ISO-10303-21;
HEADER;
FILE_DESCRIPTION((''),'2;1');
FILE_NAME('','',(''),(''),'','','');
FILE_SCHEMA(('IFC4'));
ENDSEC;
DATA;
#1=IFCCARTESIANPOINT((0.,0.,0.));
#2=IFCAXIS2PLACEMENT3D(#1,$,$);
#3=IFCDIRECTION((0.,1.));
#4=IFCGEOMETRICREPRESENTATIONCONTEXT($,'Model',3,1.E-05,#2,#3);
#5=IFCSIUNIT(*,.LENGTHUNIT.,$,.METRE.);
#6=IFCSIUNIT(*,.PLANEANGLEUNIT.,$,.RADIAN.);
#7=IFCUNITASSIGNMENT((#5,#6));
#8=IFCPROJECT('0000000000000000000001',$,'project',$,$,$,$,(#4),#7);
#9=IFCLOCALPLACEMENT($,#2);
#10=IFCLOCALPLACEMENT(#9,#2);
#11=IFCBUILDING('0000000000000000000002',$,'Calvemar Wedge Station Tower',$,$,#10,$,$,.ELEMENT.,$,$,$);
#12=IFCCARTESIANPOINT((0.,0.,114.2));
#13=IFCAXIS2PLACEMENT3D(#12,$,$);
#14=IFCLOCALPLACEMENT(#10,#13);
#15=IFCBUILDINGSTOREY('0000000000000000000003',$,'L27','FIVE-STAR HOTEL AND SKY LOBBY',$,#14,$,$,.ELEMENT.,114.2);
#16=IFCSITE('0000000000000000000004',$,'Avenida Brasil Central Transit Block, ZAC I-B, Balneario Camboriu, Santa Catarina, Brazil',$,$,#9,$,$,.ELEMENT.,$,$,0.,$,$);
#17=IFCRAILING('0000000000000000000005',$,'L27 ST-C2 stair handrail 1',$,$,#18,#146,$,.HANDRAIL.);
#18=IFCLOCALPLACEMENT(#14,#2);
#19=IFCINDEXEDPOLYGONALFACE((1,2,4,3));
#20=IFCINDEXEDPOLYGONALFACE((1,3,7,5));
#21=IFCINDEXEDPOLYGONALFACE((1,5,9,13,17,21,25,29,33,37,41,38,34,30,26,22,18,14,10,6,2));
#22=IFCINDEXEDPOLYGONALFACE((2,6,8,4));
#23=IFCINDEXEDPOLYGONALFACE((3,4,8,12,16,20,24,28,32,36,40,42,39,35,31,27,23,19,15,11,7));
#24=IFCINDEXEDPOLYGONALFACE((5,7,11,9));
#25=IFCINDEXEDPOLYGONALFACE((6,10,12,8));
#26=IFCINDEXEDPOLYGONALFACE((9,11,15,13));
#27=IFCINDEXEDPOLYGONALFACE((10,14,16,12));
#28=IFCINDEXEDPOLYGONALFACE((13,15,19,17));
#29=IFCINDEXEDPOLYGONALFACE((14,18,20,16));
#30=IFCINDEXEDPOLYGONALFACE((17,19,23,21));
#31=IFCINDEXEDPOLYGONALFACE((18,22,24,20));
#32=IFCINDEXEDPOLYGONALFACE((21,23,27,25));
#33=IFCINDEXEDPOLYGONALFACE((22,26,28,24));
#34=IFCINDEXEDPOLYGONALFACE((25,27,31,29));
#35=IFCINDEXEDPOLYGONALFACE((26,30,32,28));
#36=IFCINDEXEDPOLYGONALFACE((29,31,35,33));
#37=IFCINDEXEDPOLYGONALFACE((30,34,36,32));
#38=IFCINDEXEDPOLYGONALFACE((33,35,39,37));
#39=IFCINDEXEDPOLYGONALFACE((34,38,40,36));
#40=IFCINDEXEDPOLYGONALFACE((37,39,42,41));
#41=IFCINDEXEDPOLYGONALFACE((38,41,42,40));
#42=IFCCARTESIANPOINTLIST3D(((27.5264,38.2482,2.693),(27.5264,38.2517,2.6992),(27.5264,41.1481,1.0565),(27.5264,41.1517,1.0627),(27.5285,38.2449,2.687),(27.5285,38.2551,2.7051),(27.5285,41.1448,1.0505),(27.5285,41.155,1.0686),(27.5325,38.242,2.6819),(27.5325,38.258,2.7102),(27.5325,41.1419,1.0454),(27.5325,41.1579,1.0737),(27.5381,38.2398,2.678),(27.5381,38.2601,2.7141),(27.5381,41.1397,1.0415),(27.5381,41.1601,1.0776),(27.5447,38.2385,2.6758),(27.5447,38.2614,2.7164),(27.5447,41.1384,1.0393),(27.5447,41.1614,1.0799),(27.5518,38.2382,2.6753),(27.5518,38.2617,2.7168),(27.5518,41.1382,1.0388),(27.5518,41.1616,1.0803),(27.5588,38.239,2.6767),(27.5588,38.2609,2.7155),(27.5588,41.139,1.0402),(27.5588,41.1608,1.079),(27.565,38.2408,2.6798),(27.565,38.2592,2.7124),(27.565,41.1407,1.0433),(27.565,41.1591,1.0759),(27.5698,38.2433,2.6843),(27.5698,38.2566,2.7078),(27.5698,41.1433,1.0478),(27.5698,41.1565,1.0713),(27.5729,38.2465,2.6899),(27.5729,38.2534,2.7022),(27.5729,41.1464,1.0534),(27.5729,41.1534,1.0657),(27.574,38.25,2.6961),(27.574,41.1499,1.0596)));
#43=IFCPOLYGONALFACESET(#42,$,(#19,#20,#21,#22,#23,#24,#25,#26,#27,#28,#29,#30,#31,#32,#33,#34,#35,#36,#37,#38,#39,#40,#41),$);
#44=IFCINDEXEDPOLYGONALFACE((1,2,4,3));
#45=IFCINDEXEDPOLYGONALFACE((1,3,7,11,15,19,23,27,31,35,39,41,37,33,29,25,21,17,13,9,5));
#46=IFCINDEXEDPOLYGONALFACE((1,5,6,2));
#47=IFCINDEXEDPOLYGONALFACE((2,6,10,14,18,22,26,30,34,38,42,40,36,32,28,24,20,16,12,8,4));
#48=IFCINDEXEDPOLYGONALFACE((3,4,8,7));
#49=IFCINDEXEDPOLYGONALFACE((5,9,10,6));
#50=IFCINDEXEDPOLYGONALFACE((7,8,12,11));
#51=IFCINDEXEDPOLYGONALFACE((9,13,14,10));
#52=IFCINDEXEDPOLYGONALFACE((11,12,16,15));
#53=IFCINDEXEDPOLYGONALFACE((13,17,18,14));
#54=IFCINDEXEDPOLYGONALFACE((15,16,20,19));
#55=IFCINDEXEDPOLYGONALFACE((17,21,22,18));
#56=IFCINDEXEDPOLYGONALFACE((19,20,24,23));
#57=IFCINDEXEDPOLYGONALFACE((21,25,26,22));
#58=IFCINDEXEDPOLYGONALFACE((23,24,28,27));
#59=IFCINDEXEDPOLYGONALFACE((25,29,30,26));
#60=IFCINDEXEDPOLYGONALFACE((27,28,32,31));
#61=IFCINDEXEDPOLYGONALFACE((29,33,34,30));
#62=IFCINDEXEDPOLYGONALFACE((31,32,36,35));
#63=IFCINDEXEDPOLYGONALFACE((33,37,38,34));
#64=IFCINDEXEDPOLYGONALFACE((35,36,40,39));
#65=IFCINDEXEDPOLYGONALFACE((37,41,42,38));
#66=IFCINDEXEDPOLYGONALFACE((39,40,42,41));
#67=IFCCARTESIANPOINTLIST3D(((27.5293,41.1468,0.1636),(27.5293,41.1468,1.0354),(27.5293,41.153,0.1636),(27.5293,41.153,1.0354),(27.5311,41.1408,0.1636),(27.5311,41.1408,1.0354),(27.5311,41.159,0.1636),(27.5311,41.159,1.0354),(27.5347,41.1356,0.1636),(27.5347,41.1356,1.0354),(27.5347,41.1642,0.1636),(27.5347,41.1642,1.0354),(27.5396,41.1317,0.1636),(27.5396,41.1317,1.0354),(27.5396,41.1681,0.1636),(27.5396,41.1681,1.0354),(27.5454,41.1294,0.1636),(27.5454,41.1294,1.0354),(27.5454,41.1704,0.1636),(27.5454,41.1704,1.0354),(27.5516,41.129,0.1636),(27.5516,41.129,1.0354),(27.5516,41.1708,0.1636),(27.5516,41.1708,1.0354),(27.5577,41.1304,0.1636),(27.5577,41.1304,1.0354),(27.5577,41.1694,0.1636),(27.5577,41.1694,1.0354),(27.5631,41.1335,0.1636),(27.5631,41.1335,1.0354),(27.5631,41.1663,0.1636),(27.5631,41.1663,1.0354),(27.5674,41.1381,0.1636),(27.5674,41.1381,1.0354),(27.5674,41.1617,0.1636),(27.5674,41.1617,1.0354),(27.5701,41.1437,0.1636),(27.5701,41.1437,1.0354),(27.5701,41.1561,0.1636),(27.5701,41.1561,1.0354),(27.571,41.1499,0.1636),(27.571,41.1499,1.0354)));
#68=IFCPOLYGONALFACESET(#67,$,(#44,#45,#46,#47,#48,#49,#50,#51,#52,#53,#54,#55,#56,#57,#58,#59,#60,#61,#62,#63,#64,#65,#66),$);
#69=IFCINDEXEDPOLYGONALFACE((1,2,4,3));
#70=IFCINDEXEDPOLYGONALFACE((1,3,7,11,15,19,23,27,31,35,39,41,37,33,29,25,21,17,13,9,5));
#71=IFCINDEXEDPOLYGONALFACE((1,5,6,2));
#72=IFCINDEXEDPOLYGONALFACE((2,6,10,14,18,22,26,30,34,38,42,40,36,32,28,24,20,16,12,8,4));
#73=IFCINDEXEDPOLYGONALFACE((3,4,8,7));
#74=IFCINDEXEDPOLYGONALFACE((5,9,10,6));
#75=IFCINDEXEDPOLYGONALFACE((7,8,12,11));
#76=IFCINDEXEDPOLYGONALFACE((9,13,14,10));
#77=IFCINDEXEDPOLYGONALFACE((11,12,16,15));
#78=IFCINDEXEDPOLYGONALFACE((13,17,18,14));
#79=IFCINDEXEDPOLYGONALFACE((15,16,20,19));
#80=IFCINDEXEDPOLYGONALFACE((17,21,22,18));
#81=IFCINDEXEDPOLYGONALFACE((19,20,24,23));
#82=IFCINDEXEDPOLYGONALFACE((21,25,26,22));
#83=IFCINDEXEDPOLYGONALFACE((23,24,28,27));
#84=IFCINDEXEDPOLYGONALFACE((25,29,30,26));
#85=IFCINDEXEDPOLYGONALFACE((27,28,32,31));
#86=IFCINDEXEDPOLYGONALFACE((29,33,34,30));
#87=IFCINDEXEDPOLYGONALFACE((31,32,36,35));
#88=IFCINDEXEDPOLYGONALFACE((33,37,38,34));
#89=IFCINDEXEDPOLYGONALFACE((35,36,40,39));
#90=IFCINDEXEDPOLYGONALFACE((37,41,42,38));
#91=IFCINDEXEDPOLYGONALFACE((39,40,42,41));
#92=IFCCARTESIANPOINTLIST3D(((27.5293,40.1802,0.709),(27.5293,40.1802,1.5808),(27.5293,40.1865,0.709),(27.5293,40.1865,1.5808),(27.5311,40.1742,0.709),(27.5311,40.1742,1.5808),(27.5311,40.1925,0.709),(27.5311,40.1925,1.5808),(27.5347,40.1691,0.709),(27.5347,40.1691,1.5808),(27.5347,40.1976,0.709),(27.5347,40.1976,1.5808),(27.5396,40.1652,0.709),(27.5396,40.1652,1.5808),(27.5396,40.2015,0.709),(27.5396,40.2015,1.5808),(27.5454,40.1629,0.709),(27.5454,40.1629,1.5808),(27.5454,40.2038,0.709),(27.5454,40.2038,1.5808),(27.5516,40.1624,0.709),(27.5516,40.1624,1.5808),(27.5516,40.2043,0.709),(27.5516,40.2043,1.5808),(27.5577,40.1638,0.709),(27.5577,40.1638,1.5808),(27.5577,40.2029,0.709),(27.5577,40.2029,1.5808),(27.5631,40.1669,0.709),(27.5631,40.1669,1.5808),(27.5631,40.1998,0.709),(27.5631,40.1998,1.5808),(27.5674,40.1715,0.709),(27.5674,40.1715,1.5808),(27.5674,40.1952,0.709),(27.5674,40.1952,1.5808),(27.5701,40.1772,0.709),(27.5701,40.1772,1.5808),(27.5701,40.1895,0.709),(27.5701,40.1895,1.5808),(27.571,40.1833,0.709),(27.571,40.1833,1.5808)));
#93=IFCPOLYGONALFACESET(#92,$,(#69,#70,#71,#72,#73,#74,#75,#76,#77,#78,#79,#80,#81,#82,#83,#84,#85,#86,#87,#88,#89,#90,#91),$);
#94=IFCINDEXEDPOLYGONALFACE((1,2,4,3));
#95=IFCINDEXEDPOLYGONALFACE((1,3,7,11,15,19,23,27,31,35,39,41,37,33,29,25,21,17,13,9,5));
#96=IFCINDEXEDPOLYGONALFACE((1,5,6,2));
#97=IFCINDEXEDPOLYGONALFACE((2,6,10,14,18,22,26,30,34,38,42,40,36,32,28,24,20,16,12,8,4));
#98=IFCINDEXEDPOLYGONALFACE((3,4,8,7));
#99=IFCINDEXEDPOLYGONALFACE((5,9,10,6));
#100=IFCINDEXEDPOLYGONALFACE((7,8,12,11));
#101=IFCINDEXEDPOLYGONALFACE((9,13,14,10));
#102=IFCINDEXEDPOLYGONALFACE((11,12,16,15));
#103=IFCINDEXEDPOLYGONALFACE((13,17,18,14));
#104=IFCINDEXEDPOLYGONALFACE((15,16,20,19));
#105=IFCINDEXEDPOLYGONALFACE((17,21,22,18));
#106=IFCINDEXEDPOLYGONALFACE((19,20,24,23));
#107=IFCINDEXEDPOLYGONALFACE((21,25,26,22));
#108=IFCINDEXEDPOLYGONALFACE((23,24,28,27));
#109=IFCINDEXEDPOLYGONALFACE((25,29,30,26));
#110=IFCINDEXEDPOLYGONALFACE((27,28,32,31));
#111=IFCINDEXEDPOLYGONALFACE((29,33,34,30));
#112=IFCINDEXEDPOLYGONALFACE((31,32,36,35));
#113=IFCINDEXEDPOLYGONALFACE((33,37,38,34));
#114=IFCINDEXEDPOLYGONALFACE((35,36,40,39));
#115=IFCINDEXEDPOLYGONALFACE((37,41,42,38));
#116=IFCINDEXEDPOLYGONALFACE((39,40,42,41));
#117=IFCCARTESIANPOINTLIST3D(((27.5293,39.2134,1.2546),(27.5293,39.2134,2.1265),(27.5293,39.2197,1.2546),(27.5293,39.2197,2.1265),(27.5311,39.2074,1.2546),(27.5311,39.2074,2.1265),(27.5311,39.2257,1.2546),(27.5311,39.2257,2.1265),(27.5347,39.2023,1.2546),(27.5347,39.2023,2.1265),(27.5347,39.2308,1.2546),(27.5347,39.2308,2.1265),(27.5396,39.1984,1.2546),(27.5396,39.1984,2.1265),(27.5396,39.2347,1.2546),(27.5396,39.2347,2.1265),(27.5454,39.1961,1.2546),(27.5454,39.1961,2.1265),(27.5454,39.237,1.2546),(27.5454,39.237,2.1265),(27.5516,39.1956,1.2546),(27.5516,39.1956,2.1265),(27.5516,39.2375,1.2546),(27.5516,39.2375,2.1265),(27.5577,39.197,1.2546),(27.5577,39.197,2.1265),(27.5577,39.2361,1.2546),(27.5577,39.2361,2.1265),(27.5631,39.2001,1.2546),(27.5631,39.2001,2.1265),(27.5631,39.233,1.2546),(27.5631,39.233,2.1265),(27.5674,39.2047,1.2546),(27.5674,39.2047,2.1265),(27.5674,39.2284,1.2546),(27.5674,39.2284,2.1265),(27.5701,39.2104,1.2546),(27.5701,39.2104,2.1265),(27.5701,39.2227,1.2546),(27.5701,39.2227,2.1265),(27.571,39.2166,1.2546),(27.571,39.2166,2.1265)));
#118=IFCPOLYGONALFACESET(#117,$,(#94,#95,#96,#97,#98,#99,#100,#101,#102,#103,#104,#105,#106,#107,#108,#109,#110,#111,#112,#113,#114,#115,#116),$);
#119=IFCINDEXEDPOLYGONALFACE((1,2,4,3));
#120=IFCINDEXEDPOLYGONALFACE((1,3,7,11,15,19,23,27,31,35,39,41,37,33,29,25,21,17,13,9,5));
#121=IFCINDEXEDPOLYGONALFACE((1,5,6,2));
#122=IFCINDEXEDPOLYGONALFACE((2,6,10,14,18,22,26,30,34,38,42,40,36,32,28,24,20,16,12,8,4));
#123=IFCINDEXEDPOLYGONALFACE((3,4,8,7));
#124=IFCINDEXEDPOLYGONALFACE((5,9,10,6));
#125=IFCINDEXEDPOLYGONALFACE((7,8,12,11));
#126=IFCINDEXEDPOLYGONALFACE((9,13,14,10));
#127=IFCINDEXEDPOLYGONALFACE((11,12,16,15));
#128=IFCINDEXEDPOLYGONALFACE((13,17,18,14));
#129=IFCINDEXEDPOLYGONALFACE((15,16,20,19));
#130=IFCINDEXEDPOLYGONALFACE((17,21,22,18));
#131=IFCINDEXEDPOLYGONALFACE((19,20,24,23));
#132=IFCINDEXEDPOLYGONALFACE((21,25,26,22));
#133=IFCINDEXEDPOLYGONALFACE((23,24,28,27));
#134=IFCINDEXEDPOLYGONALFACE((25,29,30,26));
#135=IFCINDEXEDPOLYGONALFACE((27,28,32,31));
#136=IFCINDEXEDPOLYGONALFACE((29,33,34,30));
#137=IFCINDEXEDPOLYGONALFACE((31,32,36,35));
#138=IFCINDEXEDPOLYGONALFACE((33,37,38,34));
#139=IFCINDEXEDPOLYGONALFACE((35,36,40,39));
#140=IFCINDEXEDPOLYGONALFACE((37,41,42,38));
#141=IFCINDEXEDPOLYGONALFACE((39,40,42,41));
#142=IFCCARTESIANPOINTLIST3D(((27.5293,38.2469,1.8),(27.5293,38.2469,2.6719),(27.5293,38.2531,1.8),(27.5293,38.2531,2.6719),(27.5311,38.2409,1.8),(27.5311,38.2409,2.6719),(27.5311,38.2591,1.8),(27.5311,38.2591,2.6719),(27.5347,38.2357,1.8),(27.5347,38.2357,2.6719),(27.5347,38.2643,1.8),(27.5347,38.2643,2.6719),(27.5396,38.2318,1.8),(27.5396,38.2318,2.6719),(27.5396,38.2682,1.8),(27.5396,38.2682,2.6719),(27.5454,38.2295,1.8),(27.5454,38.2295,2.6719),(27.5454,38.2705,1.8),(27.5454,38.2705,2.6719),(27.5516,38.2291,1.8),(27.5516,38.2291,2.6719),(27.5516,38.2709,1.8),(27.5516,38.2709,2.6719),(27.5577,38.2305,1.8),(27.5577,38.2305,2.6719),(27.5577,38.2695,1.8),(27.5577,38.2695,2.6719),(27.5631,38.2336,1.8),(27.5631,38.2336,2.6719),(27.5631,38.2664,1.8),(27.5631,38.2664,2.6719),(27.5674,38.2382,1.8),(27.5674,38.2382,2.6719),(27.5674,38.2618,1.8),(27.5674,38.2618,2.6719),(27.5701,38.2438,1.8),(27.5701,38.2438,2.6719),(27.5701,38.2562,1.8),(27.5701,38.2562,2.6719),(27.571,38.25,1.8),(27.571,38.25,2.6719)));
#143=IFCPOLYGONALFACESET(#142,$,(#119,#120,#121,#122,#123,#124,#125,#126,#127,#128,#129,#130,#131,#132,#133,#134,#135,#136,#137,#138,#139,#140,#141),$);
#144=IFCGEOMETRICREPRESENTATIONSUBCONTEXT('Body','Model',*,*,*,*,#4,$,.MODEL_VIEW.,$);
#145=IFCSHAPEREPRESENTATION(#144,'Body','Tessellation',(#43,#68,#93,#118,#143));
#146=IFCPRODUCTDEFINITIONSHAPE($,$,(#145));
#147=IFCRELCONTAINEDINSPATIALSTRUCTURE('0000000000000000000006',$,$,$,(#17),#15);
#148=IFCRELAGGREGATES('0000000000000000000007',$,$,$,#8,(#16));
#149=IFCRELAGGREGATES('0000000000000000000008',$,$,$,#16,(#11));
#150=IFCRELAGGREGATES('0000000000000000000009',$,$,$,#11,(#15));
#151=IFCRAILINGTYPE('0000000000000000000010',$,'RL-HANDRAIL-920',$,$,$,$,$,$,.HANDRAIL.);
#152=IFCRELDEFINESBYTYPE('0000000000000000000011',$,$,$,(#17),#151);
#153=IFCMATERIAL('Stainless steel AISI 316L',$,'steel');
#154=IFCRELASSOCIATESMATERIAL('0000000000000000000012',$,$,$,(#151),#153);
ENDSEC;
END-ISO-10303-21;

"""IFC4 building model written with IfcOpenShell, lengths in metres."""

from ifc_helpers import new_model, si_unit, direction, frame, origin, origin_2d, place, context, subcontext, project, spatial, circle, extrude, material, type_object, element, save


model = new_model("IFC4")

# Units and contexts
model_context = context("Model", 3, precision=1e-05, world=origin(), true_north=direction((0.0, 1.0)))
body_context = subcontext(model_context, "Body", "Model", "MODEL_VIEW")
ifc_project = project(units=[si_unit("LENGTHUNIT", "METRE"), si_unit("PLANEANGLEUNIT", "RADIAN")], contexts=[model_context])

# Site, building, storey
site_placement = place(None, origin())
site = spatial("IfcSite", under=ifc_project, at=site_placement, Name="Avenida Brasil Central Transit Block, ZAC I-B, Balneario Camboriu, Santa Catarina, Brazil", CompositionType="ELEMENT", RefElevation=0.0)
building_placement = place(site_placement, origin())
building = spatial("IfcBuilding", under=site, at=building_placement, Name="Calvemar Wedge Station Tower", CompositionType="ELEMENT")
storey_placement = place(building_placement, frame((0.0, 0.0, 114.2)))
storey = spatial("IfcBuildingStorey", under=building, at=storey_placement, Name="L27", Description="FIVE-STAR HOTEL AND SKY LOBBY", CompositionType="ELEMENT", Elevation=114.2)

# Railing
ifc_material_1 = material(Name="Stainless steel AISI 316L", Category="steel")
railing_type_1 = type_object("IfcRailingType", Name="RL-HANDRAIL-920", PredefinedType="HANDRAIL", material=ifc_material_1)
railing_1_placement = place(storey_placement, frame((27.55, 41.1499, 0.1636)))
element("IfcRailing", 1, at=railing_1_placement, inside=storey, type_object=railing_type_1, Name="L27 ST-C2 stair handrail 1", PredefinedType="HANDRAIL", context=body_context, shape_type="SweptSolid", body=[
    extrude(circle(Radius=0.0239, at=origin_2d()), frame((0.0, 0.0, 0.896), z_axis=(0.0, -0.870897, 0.491465), x_axis=(1.0, 0.0, 0.0)), (0.0, 0.0, 1.0), 3.3298),
    extrude(circle(Radius=0.021, at=origin_2d()), origin(), (0.0, 0.0, 1.0), 0.8718),
    extrude(circle(Radius=0.021, at=origin_2d()), frame((0.0, -0.9666, 0.5454)), (0.0, 0.0, 1.0), 0.8718),
    extrude(circle(Radius=0.021, at=origin_2d()), frame((0.0, -1.9333, 1.0911)), (0.0, 0.0, 1.0), 0.8718),
    extrude(circle(Radius=0.021, at=origin_2d()), frame((0.0, -2.8999, 1.6365)), (0.0, 0.0, 1.0), 0.8718),
])

save(model, "model.ifc")
